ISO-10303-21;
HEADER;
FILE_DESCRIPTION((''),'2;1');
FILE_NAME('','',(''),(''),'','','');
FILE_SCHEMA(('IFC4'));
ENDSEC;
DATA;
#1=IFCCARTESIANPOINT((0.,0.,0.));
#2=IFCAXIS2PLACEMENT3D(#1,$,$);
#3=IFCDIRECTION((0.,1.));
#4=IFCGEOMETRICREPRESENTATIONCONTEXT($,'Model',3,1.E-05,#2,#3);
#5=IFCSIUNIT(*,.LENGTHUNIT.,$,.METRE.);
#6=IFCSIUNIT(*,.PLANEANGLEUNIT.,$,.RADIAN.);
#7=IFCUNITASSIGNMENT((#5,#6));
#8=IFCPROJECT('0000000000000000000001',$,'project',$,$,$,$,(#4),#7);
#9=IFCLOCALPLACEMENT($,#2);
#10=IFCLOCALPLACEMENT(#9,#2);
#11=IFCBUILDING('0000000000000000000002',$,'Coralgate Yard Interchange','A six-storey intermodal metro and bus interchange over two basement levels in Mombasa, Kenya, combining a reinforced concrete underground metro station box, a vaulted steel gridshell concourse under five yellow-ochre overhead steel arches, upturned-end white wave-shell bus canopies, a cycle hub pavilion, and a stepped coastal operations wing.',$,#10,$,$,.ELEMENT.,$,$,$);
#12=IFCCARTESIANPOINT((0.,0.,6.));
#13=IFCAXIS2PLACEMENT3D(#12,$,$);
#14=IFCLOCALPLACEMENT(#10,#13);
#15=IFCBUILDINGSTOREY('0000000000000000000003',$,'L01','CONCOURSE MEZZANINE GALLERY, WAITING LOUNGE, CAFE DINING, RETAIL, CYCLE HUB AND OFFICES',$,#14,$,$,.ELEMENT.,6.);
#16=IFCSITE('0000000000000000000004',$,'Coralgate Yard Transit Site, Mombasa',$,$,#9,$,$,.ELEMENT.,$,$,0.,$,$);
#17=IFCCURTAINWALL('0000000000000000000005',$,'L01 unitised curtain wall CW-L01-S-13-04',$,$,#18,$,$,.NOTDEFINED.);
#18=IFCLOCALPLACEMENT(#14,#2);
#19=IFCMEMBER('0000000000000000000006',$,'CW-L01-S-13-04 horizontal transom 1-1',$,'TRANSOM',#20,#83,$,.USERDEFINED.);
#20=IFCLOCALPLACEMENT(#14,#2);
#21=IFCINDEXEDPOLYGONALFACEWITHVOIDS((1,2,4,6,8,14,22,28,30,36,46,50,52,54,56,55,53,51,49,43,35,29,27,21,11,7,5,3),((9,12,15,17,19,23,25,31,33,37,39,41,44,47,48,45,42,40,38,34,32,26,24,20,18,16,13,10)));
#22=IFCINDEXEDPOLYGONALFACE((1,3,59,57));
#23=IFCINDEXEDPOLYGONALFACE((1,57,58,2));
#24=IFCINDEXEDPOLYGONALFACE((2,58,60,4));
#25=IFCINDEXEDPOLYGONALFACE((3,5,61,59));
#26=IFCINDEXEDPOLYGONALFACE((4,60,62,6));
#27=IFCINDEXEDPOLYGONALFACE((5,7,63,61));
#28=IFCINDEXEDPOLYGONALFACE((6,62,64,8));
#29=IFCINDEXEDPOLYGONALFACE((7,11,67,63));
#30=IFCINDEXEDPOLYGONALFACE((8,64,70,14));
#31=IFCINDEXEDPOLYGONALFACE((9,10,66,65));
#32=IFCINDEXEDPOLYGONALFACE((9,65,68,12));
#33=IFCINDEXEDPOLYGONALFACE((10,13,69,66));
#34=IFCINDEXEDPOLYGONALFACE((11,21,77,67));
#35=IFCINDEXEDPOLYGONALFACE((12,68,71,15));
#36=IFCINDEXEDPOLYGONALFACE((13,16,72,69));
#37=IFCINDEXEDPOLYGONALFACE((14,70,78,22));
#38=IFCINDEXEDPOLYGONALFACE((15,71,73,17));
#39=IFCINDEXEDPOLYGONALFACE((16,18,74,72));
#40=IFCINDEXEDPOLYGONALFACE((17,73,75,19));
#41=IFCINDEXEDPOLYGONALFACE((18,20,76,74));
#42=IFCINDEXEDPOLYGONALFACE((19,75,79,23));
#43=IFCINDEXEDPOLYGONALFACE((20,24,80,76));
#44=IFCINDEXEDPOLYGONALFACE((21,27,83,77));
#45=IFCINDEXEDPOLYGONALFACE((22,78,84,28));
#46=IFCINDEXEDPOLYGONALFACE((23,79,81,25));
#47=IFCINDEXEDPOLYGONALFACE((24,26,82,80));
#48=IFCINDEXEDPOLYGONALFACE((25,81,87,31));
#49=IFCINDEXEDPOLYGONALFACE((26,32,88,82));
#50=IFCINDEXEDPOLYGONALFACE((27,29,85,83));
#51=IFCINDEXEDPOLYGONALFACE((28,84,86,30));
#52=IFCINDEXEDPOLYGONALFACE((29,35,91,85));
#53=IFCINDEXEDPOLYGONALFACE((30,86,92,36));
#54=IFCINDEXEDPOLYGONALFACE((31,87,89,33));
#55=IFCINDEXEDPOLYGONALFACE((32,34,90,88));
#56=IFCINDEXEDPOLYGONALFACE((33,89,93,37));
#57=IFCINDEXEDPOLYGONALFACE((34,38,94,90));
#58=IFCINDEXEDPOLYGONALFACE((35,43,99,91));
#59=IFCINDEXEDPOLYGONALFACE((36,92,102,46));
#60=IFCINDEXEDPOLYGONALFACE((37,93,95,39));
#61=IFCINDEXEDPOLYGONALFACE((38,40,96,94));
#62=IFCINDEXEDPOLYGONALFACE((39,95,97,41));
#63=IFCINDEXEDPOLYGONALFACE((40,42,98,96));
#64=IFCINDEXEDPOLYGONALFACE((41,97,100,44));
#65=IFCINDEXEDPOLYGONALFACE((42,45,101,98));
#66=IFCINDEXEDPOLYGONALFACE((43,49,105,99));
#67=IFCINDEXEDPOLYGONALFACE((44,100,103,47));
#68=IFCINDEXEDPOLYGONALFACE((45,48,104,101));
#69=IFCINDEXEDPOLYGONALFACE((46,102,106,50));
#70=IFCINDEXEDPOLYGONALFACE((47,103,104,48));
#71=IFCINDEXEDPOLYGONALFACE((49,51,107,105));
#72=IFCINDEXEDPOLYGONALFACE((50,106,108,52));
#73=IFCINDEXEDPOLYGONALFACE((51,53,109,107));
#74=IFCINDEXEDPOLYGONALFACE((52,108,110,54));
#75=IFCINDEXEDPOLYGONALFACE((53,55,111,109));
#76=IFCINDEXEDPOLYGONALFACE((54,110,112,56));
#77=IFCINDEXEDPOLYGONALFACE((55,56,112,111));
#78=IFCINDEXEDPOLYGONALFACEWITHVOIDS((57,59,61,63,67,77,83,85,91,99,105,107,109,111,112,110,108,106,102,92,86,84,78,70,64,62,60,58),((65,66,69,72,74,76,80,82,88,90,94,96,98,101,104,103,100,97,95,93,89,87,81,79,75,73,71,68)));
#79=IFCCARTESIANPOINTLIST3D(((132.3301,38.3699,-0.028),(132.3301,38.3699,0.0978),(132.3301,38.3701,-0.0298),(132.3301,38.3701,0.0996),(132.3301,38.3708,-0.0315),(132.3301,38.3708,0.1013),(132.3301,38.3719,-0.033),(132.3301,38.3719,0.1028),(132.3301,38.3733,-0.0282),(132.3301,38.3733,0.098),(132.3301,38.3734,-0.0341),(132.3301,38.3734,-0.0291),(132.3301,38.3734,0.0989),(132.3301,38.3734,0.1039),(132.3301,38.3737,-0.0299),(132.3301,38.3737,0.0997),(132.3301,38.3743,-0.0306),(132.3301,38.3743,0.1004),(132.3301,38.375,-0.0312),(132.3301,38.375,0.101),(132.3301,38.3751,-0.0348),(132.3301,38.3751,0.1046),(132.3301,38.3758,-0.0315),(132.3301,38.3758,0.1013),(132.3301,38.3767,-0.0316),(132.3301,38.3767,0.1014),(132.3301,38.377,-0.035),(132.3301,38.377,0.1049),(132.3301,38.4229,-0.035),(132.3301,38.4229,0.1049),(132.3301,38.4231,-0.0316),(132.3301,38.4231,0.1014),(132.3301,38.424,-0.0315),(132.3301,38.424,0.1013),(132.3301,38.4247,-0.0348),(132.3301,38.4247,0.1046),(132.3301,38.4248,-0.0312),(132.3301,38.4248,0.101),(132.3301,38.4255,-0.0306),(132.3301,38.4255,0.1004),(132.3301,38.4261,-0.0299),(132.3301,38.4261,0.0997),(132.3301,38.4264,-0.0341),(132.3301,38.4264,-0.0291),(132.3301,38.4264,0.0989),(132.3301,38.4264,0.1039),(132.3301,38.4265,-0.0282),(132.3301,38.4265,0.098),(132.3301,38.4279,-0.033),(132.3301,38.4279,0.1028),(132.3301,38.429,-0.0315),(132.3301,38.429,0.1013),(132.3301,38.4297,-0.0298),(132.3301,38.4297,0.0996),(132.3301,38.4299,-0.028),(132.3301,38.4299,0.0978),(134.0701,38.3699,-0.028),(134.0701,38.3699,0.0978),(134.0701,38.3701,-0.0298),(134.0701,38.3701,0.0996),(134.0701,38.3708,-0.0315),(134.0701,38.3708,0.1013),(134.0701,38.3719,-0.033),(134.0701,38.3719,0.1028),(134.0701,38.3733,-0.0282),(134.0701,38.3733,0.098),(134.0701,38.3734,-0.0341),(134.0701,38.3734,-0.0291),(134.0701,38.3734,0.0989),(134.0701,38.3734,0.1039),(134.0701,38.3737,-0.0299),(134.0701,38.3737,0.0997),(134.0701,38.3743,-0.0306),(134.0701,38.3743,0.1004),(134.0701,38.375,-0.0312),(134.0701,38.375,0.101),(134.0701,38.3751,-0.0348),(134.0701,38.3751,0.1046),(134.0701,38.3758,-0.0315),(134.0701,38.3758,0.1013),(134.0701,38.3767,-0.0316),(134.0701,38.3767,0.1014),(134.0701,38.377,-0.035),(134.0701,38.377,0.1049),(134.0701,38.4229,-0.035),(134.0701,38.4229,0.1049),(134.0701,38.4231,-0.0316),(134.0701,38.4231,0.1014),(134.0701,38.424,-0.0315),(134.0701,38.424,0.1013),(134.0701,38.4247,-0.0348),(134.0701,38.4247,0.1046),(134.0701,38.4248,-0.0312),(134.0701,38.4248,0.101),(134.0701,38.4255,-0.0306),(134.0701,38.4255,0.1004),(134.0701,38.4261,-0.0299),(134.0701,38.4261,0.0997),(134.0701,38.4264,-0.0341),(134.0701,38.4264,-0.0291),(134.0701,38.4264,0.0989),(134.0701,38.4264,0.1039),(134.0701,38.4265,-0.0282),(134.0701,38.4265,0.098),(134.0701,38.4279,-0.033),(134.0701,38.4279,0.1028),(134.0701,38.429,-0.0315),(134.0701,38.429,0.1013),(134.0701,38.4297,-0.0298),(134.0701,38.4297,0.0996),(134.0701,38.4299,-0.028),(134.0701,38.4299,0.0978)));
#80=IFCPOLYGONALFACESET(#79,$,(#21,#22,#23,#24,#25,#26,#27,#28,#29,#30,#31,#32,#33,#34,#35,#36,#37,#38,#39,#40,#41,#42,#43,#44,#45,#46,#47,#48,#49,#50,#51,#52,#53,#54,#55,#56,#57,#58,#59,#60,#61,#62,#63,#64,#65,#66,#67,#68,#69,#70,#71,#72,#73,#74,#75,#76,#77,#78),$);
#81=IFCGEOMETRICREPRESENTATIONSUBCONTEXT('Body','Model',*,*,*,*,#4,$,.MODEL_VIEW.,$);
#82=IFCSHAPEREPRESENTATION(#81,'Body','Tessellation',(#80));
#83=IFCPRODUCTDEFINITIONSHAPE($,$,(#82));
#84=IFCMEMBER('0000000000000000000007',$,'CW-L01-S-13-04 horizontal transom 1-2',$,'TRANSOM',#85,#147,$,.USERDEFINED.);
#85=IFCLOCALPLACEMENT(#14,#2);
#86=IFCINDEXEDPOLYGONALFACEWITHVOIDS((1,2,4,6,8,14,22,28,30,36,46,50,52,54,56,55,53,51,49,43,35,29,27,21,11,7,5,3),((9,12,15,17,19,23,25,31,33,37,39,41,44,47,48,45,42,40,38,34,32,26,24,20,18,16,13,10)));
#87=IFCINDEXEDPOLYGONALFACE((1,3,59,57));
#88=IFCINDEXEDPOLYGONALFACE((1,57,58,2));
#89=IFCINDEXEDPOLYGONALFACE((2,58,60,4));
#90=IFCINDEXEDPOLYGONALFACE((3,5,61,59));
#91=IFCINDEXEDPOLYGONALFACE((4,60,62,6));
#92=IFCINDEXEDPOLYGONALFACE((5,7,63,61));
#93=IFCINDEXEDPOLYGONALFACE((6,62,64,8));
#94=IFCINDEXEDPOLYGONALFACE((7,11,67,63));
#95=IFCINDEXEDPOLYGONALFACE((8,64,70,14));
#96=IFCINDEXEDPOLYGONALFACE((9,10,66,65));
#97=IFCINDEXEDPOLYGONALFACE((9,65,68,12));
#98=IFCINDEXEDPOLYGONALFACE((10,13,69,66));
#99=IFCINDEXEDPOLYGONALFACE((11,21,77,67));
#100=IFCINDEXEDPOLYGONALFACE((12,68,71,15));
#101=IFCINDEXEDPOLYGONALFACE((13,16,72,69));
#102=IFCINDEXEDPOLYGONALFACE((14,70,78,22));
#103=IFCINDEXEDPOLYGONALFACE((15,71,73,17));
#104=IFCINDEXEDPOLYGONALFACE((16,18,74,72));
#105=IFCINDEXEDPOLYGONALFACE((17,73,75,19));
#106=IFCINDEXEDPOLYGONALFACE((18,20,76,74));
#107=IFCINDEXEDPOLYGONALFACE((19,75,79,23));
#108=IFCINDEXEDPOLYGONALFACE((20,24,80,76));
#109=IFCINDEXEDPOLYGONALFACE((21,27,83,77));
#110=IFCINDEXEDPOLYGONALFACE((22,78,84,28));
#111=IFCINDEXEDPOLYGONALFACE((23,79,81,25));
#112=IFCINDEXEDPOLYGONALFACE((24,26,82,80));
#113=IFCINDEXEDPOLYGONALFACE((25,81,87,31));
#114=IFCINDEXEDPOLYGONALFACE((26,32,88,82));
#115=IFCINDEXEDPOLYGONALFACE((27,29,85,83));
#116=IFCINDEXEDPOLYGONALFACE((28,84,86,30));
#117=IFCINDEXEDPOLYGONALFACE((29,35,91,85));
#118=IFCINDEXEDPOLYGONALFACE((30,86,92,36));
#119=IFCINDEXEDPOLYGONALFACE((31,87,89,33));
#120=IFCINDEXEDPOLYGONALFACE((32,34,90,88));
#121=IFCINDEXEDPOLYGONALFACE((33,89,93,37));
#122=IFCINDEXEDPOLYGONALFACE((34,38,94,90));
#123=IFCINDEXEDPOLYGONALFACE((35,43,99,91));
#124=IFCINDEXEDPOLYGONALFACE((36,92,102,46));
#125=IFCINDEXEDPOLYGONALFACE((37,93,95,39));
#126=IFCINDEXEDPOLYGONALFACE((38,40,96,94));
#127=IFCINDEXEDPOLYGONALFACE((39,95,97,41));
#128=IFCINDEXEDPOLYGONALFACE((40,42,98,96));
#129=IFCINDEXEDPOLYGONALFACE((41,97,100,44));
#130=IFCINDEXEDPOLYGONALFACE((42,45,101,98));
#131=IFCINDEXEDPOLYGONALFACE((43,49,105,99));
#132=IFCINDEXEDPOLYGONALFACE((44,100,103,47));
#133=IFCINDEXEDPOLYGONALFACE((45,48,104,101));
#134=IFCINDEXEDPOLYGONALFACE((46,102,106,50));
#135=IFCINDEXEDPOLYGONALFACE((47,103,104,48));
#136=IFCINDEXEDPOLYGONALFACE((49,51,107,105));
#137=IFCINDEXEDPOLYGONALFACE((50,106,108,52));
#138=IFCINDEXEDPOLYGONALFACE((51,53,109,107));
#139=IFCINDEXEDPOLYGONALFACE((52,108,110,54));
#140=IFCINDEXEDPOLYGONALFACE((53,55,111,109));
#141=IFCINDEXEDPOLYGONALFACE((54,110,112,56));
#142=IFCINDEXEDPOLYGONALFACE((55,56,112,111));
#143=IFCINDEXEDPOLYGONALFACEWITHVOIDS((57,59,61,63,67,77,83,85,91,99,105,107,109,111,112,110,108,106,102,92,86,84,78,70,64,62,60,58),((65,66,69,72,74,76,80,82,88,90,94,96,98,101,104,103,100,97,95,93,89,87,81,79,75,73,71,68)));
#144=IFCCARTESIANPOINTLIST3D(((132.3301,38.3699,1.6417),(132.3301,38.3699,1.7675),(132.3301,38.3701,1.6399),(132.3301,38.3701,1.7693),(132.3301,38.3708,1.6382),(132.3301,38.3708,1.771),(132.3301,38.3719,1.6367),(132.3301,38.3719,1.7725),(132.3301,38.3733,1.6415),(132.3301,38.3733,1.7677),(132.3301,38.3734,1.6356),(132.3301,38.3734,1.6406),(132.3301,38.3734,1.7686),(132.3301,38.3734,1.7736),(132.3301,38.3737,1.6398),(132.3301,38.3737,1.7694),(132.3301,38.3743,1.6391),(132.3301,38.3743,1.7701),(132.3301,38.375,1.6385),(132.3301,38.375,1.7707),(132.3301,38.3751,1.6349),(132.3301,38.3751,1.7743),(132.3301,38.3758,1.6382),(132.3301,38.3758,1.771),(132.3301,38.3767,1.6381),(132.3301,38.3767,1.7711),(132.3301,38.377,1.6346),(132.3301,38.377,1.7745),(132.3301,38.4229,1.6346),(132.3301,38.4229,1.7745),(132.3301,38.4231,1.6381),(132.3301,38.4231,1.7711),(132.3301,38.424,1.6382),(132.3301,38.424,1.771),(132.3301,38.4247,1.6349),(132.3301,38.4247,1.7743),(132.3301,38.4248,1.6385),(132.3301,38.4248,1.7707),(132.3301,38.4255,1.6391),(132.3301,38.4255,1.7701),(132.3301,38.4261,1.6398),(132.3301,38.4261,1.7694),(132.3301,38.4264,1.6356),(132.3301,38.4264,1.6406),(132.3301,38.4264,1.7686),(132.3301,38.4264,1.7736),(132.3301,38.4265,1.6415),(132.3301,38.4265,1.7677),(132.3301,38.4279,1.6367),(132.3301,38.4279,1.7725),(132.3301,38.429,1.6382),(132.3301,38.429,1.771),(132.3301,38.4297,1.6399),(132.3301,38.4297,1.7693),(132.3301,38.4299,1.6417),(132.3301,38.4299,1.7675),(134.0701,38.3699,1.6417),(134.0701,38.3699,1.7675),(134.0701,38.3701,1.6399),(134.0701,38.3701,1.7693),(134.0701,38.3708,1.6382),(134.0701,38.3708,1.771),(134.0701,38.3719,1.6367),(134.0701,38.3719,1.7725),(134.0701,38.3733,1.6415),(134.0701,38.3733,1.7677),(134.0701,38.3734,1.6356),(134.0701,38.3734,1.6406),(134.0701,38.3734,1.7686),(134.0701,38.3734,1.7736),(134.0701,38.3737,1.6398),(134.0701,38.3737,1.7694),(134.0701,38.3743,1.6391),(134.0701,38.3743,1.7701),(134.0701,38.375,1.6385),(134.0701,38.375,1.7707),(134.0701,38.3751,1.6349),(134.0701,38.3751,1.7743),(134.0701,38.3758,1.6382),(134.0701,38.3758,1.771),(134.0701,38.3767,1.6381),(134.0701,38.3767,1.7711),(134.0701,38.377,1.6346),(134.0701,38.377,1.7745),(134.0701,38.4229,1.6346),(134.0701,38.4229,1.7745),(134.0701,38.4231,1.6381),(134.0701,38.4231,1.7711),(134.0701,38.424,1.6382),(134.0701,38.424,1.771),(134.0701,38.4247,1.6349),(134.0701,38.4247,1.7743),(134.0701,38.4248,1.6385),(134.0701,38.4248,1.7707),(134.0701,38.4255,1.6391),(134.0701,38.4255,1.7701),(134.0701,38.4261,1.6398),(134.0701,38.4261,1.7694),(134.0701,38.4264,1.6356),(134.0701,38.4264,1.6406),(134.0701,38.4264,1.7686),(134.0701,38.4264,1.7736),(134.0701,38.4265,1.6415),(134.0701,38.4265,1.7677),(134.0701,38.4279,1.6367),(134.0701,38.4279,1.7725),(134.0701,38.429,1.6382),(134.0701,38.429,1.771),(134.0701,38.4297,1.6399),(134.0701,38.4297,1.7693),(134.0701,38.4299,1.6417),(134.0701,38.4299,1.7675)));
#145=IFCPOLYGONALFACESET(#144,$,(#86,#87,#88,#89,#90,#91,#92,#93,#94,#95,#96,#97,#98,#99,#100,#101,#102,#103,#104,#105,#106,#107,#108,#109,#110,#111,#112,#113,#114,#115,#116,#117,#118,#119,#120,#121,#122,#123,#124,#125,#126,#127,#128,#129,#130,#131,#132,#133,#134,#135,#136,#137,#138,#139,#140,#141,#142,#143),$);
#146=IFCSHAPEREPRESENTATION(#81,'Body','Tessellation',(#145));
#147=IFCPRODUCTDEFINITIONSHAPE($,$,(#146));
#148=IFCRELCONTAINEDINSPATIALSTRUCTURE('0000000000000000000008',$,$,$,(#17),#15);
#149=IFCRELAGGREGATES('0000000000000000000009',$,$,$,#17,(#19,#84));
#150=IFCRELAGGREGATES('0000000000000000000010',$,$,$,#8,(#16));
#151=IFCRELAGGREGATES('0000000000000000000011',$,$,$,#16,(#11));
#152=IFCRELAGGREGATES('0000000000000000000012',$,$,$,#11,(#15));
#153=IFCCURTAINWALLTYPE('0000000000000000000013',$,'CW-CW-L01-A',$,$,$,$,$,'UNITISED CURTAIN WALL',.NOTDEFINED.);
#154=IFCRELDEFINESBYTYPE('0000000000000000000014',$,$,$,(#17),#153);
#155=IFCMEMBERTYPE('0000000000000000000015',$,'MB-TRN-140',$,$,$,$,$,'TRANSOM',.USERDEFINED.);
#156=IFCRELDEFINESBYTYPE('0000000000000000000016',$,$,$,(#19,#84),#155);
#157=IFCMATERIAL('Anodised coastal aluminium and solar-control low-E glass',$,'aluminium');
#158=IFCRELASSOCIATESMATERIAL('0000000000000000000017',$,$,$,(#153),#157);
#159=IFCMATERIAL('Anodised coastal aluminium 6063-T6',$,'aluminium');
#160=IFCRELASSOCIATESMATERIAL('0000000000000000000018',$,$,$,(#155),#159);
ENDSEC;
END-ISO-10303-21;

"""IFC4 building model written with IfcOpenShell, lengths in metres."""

from ifc_helpers import new_model, si_unit, direction, frame, origin, origin_2d, place, context, subcontext, project, spatial, hollow_rectangle, extrude, material, material_profile, profile_set, type_object, element, aggregate, save


model = new_model("IFC4")

# Units and contexts
model_context = context("Model", 3, precision=1e-05, world=origin(), true_north=direction((0.0, 1.0)))
body_context = subcontext(model_context, "Body", "Model", "MODEL_VIEW")
ifc_project = project(units=[si_unit("LENGTHUNIT", "METRE"), si_unit("PLANEANGLEUNIT", "RADIAN")], contexts=[model_context])

# Site, building, storey
site_placement = place(None, origin())
site = spatial("IfcSite", under=ifc_project, at=site_placement, Name="Coralgate Yard Transit Site, Mombasa", CompositionType="ELEMENT", RefElevation=0.0)
building_placement = place(site_placement, origin())
building = spatial("IfcBuilding", under=site, at=building_placement, Name="Coralgate Yard Interchange", Description="A six-storey intermodal metro and bus interchange over two basement levels in Mombasa, Kenya, combining a reinforced concrete underground metro station box, a vaulted steel gridshell concourse under five yellow-ochre overhead steel arches, upturned-end white wave-shell bus canopies, a cycle hub pavilion, and a stepped coastal operations wing.", CompositionType="ELEMENT")
storey_placement = place(building_placement, frame((0.0, 0.0, 6.0)))
storey = spatial("IfcBuildingStorey", under=building, at=storey_placement, Name="L01", Description="CONCOURSE MEZZANINE GALLERY, WAITING LOUNGE, CAFE DINING, RETAIL, CYCLE HUB AND OFFICES", CompositionType="ELEMENT", Elevation=6.0)

# Curtain wall
ifc_material_1 = material(Name="Anodised coastal aluminium and solar-control low-E glass", Category="aluminium")
curtain_wall_type_1 = type_object("IfcCurtainWallType", Name="CW-CW-L01-A", ElementType="UNITISED CURTAIN WALL", PredefinedType="NOTDEFINED", material=ifc_material_1)
curtain_wall_1_placement = place(storey_placement, origin())
curtain_wall_1 = element("IfcCurtainWall", 1, at=curtain_wall_1_placement, inside=storey, type_object=curtain_wall_type_1, Name="L01 unitised curtain wall CW-L01-S-13-04", PredefinedType="NOTDEFINED")
ifc_material_2 = material(Name="Anodised coastal aluminium 6063-T6", Category="aluminium")

# Members
ifc_material_profile_1 = material_profile(ifc_material_2, hollow_rectangle(XDim=0.0601, YDim=0.1399, WallThickness=0.0034, InnerFilletRadius=0.0034, OuterFilletRadius=0.0071, at=origin_2d()), Name="ALU 60x140x3.5")
ifc_profile_set_1 = profile_set([ifc_material_profile_1], Name="Anodised coastal aluminium 6063-T6")
member_type_1 = type_object("IfcMemberType", Name="MB-TRN-140", ElementType="TRANSOM", PredefinedType="USERDEFINED", material=ifc_profile_set_1)
member_1_placement = place(storey_placement, frame((134.0701, 38.3999, 0.0349), z_axis=(-1.0, 0.0, 0.0), x_axis=(0.0, -1.0, 0.0)))
member_1 = element("IfcMember", 2, at=member_1_placement, type_object=member_type_1, Name="CW-L01-S-13-04 horizontal transom 1-1", ObjectType="TRANSOM", PredefinedType="USERDEFINED", context=body_context, shape_type="SweptSolid", body=[
    extrude(hollow_rectangle(XDim=0.0601, YDim=0.1399, WallThickness=0.0034, InnerFilletRadius=0.0034, OuterFilletRadius=0.0071, at=origin_2d()), origin(), (0.0, 0.0, 1.0), 1.74),
])
member_2_placement = place(storey_placement, frame((134.0701, 38.3999, 1.7046), z_axis=(-1.0, 0.0, 0.0), x_axis=(0.0, -1.0, 0.0)))
member_2 = element("IfcMember", 3, at=member_2_placement, type_object=member_type_1, Name="CW-L01-S-13-04 horizontal transom 1-2", ObjectType="TRANSOM", PredefinedType="USERDEFINED", context=body_context, shape_type="SweptSolid", body=[
    extrude(hollow_rectangle(XDim=0.0601, YDim=0.1399, WallThickness=0.0034, InnerFilletRadius=0.0034, OuterFilletRadius=0.0071, at=origin_2d()), origin(), (0.0, 0.0, 1.0), 1.74),
])

aggregate(curtain_wall_1, [member_1, member_2])

save(model, "model.ifc")
